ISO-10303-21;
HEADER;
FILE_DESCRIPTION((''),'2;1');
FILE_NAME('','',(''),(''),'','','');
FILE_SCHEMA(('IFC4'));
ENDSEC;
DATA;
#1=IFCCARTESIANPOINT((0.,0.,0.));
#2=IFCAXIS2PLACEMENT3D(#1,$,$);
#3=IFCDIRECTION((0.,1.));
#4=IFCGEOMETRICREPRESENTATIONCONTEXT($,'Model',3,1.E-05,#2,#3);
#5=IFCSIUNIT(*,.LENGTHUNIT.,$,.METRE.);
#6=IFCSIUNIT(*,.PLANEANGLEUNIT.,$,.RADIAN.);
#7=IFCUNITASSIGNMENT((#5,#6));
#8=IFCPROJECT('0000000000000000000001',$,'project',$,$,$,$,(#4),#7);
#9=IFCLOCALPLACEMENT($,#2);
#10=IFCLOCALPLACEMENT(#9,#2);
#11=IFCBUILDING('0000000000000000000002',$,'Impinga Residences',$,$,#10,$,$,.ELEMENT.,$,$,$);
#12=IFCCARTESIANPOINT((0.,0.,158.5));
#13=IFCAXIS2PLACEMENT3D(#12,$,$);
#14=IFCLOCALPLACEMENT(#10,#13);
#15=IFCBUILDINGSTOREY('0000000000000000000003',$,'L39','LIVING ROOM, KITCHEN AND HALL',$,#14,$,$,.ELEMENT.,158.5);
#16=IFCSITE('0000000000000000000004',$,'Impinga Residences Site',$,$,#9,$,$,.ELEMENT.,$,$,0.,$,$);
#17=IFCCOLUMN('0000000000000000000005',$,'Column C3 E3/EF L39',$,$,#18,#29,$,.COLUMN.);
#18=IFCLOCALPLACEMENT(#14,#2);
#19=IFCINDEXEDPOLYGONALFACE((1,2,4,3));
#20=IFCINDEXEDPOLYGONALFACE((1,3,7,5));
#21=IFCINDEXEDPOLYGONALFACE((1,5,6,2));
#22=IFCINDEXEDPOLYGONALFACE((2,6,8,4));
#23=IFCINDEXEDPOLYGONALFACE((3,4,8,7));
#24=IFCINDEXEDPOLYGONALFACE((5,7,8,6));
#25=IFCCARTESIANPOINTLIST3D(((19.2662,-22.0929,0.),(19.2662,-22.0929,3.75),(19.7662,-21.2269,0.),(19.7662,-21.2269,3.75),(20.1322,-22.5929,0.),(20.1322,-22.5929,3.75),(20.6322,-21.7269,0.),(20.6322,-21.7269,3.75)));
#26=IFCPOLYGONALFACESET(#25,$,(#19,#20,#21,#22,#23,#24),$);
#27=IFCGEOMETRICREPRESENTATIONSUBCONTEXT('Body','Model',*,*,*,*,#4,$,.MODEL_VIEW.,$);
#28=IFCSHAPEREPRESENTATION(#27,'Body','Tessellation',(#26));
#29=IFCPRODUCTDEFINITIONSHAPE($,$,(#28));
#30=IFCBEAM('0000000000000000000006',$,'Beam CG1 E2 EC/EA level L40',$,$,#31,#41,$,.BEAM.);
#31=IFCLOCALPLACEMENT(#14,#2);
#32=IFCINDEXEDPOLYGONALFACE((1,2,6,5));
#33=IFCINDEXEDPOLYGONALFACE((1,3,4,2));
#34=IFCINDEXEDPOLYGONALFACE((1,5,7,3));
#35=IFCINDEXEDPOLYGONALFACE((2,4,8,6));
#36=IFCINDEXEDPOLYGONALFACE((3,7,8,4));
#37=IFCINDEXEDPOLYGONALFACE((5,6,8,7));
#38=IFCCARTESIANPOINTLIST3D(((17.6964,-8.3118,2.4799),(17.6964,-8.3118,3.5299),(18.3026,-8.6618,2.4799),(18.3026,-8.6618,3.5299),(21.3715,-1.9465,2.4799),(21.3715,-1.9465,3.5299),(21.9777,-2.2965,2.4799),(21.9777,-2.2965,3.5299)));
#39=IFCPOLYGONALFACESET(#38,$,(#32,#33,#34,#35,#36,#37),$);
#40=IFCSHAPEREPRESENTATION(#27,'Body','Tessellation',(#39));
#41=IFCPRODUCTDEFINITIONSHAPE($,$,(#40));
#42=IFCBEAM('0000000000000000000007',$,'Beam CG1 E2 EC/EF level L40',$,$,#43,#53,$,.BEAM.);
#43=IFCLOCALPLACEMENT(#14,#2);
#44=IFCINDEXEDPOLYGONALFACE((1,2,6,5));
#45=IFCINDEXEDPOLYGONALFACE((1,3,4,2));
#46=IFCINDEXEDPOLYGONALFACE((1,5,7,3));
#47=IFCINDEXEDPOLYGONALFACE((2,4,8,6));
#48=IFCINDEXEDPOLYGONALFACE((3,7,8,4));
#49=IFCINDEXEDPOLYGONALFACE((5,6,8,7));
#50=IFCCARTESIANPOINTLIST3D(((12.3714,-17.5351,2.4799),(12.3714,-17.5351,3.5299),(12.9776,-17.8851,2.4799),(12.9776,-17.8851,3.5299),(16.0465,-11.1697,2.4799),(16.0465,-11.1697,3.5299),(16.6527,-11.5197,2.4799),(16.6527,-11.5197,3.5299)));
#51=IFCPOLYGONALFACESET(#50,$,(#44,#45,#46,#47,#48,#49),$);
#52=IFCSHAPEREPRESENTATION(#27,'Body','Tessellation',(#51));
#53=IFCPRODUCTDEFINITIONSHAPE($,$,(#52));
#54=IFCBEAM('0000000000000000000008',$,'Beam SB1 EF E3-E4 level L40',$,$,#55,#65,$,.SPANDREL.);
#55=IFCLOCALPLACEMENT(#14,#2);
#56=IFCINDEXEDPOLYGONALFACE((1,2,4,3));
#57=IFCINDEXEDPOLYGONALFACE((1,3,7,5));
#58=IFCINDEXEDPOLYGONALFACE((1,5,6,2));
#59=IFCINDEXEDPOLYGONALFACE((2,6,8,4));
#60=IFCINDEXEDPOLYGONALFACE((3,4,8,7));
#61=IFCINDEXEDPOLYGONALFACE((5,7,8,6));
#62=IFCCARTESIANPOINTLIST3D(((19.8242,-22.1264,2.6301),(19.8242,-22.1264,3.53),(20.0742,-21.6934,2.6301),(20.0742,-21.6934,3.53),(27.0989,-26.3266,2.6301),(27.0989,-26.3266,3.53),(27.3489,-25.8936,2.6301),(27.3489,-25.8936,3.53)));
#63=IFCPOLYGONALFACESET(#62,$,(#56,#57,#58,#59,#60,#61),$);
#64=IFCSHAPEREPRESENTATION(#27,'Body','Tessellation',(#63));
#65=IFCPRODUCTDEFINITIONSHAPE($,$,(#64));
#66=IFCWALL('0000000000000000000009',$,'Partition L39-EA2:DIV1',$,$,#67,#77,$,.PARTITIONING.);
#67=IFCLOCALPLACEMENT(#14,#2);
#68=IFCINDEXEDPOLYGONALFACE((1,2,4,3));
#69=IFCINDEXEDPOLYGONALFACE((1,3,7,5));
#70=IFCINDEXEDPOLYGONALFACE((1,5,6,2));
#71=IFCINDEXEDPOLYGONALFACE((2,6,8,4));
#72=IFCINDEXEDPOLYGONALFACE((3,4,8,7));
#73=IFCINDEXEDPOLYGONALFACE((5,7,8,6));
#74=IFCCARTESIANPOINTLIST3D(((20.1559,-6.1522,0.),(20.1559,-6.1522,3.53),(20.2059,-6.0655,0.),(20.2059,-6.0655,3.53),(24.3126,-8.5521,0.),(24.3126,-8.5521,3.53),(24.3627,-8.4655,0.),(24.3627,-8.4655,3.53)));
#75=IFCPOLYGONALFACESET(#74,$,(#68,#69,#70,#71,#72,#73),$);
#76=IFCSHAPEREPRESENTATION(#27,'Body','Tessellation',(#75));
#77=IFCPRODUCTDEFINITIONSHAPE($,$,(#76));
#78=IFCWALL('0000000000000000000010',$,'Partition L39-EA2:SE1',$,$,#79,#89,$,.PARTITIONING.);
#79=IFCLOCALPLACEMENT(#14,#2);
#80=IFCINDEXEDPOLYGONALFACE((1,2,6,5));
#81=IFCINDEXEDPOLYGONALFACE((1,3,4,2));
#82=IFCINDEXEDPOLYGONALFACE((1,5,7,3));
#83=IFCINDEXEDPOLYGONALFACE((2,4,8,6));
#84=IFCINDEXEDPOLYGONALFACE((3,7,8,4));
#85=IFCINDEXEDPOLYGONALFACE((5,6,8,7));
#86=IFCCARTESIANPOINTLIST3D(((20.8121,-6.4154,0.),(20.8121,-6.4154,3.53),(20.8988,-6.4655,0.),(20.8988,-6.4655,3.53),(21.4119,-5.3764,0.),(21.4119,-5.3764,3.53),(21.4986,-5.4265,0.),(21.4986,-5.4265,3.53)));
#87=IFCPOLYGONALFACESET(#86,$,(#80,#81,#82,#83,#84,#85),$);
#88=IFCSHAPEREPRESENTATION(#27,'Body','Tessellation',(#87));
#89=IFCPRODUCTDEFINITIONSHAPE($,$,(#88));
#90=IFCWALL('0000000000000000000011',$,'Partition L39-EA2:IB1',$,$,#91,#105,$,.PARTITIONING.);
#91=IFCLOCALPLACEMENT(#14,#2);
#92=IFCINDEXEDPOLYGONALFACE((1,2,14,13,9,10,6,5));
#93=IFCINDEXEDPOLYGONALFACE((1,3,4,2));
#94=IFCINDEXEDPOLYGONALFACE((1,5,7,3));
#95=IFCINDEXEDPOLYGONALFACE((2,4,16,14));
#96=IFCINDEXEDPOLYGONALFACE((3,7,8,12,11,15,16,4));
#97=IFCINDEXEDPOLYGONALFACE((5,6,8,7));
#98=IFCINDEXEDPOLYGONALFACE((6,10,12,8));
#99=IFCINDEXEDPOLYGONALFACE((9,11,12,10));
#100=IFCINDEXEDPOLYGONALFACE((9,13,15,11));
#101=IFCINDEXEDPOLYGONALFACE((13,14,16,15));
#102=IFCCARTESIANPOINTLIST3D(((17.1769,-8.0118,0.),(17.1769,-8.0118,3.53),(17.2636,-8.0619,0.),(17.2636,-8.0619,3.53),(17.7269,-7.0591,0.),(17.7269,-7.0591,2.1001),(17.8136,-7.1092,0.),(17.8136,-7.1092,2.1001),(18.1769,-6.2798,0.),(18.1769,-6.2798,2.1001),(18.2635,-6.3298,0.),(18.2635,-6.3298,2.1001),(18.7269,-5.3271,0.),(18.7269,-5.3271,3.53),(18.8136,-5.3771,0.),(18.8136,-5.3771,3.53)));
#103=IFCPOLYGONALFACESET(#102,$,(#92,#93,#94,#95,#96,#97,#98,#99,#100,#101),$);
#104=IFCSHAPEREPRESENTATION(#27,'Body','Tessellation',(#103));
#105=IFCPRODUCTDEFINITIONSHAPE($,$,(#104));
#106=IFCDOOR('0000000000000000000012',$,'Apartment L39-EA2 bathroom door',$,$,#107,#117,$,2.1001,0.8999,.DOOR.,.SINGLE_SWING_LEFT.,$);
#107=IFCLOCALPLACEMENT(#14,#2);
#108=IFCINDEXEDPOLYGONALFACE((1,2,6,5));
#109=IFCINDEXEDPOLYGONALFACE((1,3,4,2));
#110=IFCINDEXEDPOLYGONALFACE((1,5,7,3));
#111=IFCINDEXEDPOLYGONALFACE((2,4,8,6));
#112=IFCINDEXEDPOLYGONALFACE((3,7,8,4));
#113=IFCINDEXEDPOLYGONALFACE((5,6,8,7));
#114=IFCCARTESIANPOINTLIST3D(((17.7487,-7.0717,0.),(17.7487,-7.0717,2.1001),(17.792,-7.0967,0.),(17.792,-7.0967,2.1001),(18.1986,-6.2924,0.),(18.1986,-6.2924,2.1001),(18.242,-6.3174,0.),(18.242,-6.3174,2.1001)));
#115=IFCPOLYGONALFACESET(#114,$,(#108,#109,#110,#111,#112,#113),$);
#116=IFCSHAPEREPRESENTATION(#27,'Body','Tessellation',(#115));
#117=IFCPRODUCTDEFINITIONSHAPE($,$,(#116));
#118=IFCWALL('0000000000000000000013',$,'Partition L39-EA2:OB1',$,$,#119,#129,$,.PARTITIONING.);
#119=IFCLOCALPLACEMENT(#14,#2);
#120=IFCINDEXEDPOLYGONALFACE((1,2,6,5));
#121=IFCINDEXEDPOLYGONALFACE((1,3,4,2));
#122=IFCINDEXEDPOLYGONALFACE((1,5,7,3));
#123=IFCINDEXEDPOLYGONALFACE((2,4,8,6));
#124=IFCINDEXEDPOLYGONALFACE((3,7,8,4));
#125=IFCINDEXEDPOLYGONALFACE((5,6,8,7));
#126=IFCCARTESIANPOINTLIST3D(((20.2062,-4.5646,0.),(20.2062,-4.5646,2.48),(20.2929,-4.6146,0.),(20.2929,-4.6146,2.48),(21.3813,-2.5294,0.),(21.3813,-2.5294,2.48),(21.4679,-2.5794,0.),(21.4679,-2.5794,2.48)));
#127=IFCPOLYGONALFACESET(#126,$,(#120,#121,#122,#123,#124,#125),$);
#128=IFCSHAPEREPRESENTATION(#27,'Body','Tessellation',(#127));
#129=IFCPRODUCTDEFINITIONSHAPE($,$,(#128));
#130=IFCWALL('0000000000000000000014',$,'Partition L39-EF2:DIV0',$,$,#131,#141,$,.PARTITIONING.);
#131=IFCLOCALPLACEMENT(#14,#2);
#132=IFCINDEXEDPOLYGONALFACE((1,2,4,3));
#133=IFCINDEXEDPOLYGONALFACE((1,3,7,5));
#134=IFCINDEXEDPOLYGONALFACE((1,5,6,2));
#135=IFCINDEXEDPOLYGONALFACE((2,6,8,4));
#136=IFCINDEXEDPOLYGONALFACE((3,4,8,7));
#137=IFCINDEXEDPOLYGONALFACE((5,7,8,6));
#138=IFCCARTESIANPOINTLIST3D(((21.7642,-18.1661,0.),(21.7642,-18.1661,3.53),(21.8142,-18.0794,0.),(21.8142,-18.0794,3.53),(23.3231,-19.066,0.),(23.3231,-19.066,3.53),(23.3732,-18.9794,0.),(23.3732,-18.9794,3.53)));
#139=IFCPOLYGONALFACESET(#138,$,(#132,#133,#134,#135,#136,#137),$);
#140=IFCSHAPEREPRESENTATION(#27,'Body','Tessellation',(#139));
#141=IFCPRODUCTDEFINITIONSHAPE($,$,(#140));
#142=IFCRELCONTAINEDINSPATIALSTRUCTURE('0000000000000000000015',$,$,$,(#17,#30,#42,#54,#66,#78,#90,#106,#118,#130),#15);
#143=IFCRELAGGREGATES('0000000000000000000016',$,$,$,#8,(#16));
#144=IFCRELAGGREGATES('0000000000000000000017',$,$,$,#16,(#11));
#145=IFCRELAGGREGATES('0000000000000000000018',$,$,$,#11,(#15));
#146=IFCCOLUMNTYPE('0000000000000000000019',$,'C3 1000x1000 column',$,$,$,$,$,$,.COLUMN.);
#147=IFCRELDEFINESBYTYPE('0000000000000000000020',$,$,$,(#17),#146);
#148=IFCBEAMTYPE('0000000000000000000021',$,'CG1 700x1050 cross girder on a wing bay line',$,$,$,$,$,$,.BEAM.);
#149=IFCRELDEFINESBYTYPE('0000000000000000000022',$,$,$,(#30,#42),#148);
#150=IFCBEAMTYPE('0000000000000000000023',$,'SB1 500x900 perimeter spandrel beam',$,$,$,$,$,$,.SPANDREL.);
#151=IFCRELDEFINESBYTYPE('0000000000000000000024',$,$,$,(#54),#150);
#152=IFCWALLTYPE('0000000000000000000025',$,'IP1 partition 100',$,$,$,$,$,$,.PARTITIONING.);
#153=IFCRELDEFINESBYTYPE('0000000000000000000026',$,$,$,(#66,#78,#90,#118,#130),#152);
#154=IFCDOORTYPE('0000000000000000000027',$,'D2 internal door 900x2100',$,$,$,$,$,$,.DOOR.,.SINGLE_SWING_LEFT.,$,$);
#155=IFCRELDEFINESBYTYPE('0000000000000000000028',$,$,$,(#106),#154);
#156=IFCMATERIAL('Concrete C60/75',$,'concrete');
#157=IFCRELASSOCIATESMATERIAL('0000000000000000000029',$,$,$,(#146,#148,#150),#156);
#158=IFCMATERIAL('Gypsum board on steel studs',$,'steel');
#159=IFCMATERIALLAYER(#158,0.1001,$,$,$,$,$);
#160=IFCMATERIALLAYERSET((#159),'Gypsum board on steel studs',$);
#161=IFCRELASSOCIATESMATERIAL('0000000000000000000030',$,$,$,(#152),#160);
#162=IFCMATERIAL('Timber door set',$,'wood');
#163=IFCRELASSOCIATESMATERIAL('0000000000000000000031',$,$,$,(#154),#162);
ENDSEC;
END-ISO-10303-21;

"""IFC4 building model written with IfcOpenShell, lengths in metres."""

from ifc_helpers import new_model, si_unit, direction, frame, frame_2d, origin, origin_2d, place, context, subcontext, project, spatial, rectangle, extrude, material, layer, layer_set, material_profile, profile_set, type_object, element, fill, save


model = new_model("IFC4")

# Units and contexts
model_context = context("Model", 3, precision=1e-05, world=origin(), true_north=direction((0.0, 1.0)))
body_context = subcontext(model_context, "Body", "Model", "MODEL_VIEW")
ifc_project = project(units=[si_unit("LENGTHUNIT", "METRE"), si_unit("PLANEANGLEUNIT", "RADIAN")], contexts=[model_context])

# Site, building, storey
site_placement = place(None, origin())
site = spatial("IfcSite", under=ifc_project, at=site_placement, Name="Impinga Residences Site", CompositionType="ELEMENT", RefElevation=0.0)
building_placement = place(site_placement, origin())
building = spatial("IfcBuilding", under=site, at=building_placement, Name="Impinga Residences", CompositionType="ELEMENT")
storey_placement = place(building_placement, frame((0.0, 0.0, 158.5)))
storey = spatial("IfcBuildingStorey", under=building, at=storey_placement, Name="L39", Description="LIVING ROOM, KITCHEN AND HALL", CompositionType="ELEMENT", Elevation=158.5)

# Column
ifc_material_1 = material(Name="Concrete C60/75", Category="concrete")
ifc_material_profile_1 = material_profile(ifc_material_1, rectangle(XDim=1.0, YDim=1.0, at=origin_2d()), Name="RC 1000x1000")
ifc_profile_set_1 = profile_set([ifc_material_profile_1], Name="Concrete C60/75")
column_type = type_object("IfcColumnType", Name="C3 1000x1000 column", PredefinedType="COLUMN", material=ifc_profile_set_1)
column_placement = place(storey_placement, frame((19.9492, -21.9099, 0.0), z_axis=(0.0, 0.0, 1.0), x_axis=(-0.5, -0.866025, 0.0)))
element("IfcColumn", 1, at=column_placement, inside=storey, type_object=column_type, Name="Column C3 E3/EF L39", PredefinedType="COLUMN", context=body_context, shape_type="SweptSolid", body=[
    extrude(rectangle(XDim=1.0, YDim=1.0, at=origin_2d()), origin(), (0.0, 0.0, 1.0), 3.75),
])

# Beams
ifc_material_profile_2 = material_profile(ifc_material_1, rectangle(XDim=0.7, YDim=1.05, at=origin_2d()), Name="RC 700x1050")
ifc_profile_set_2 = profile_set([ifc_material_profile_2], Name="Concrete C60/75")
beam_type_1 = type_object("IfcBeamType", Name="CG1 700x1050 cross girder on a wing bay line", PredefinedType="BEAM", material=ifc_profile_set_2)
for number, where, z_axis, x_axis, name in (
    (2, (17.9995, -8.4868, 3.0049), (0.500008, 0.866021, 0.0), (-0.866021, 0.500008, 0.0), "Beam CG1 E2 EC/EA level L40"),
    (3, (16.3496, -11.3447, 3.0049), (-0.500008, -0.866021, 0.0), (0.866021, -0.500008, 0.0), "Beam CG1 E2 EC/EF level L40"),
):
    element("IfcBeam", number, at=place(storey_placement, frame(where, z_axis=z_axis, x_axis=x_axis)), inside=storey, type_object=beam_type_1, Name=name, PredefinedType="BEAM", context=body_context, shape_type="SweptSolid", body=[
        extrude(rectangle(XDim=0.7, YDim=1.05, at=origin_2d()), origin(), (0.0, 0.0, 1.0), 7.3501),
    ])
ifc_material_profile_3 = material_profile(ifc_material_1, rectangle(XDim=0.5, YDim=0.8999, at=origin_2d()), Name="RC 500x900")
ifc_profile_set_3 = profile_set([ifc_material_profile_3], Name="Concrete C60/75")
beam_type_2 = type_object("IfcBeamType", Name="SB1 500x900 perimeter spandrel beam", PredefinedType="SPANDREL", material=ifc_profile_set_3)
beam_placement = place(storey_placement, frame((19.9492, -21.9099, 3.0801), z_axis=(0.866017, -0.500015, 0.0), x_axis=(0.500015, 0.866017, 0.0)))
element("IfcBeam", 4, at=beam_placement, inside=storey, type_object=beam_type_2, Name="Beam SB1 EF E3-E4 level L40", PredefinedType="SPANDREL", context=body_context, shape_type="SweptSolid", body=[
    extrude(rectangle(XDim=0.5, YDim=0.8999, at=origin_2d()), origin(), (0.0, 0.0, 1.0), 8.4001),
])

# Walls
ifc_material_2 = material(Name="Gypsum board on steel studs", Category="steel")
ifc_layer_1 = layer(ifc_material_2, 0.1001)
ifc_layer_set_1 = layer_set([ifc_layer_1], Name="Gypsum board on steel studs")
wall_type_1 = type_object("IfcWallType", Name="IP1 partition 100", PredefinedType="PARTITIONING", material=ifc_layer_set_1)
wall_1_placement = place(storey_placement, frame((20.1809, -6.1089, 0.0), z_axis=(0.0, 0.0, 1.0), x_axis=(0.866025, -0.500001, 0.0)))
element("IfcWall", 5, at=wall_1_placement, inside=storey, type_object=wall_type_1, Name="Partition L39-EA2:DIV1", PredefinedType="PARTITIONING", context=body_context, shape_type="SweptSolid", body=[
    extrude(rectangle(XDim=4.7998, YDim=0.1001, at=frame_2d((2.3999, 0.0))), origin(), (0.0, 0.0, 1.0), 3.53),
])
wall_2_placement = place(storey_placement, frame((20.8555, -6.4404, 0.0), z_axis=(0.0, 0.0, 1.0), x_axis=(0.499969, 0.866043, 0.0)))
element("IfcWall", 6, at=wall_2_placement, inside=storey, type_object=wall_type_1, Name="Partition L39-EA2:SE1", PredefinedType="PARTITIONING", context=body_context, shape_type="SweptSolid", body=[
    extrude(rectangle(XDim=1.1997, YDim=0.1001, at=frame_2d((0.5999, 0.0))), origin(), (0.0, 0.0, 1.0), 3.53),
])

# Wall, opening, door
wall_3_placement = place(storey_placement, frame((17.2202, -8.0369, 0.0), z_axis=(0.0, 0.0, 1.0), x_axis=(0.499993, 0.86603, 0.0)))
wall_3 = element("IfcWall", 7, at=wall_3_placement, inside=storey, type_object=wall_type_1, Name="Partition L39-EA2:IB1", PredefinedType="PARTITIONING", context=body_context, shape_type="SweptSolid", body=[
    extrude(rectangle(XDim=3.1001, YDim=0.1001, at=frame_2d((1.55, 0.0))), origin(), (0.0, 0.0, 1.0), 3.53),
])
opening_1_placement = place(wall_3_placement, frame((1.1001, 0.0, 0.0)))
opening_1 = element("IfcOpeningElement", 8, at=opening_1_placement, cuts=wall_3, PredefinedType="OPENING", context=body_context, shape_type="SweptSolid", body=[
    extrude(rectangle(XDim=0.8999, YDim=2.1001, at=frame_2d((0.45, 1.05))), frame((0.0, 0.0601, 0.0), z_axis=(0.0, -1.0, 0.0), x_axis=(1.0, 0.0, 0.0)), (0.0, 0.0, 1.0), 0.1201),
])
ifc_material_3 = material(Name="Timber door set", Category="wood")
door_type = type_object("IfcDoorType", Name="D2 internal door 900x2100", OperationType="SINGLE_SWING_LEFT", PredefinedType="DOOR", material=ifc_material_3)
door_1_placement = place(opening_1_placement, origin())
door_1 = element("IfcDoor", 9, at=door_1_placement, inside=storey, type_object=door_type, Name="Apartment L39-EA2 bathroom door", OperationType="SINGLE_SWING_LEFT", OverallHeight=2.1001, OverallWidth=0.8999, PredefinedType="DOOR", context=body_context, shape_type="SweptSolid", body=[
    extrude(rectangle(XDim=0.8999, YDim=2.1001, at=frame_2d((0.45, 1.05))), frame((0.0, 0.0249, 0.0), z_axis=(0.0, -1.0, 0.0), x_axis=(1.0, 0.0, 0.0)), (0.0, 0.0, 1.0), 0.05),
])
fill(opening_1, door_1)

# Walls
wall_4_placement = place(storey_placement, frame((20.2495, -4.5896, 0.0), z_axis=(0.0, 0.0, 1.0), x_axis=(0.500016, 0.866016, 0.0)))
element("IfcWall", 10, at=wall_4_placement, inside=storey, type_object=wall_type_1, Name="Partition L39-EA2:OB1", PredefinedType="PARTITIONING", context=body_context, shape_type="SweptSolid", body=[
    extrude(rectangle(XDim=2.3501, YDim=0.1001, at=frame_2d((1.175, 0.0))), origin(), (0.0, 0.0, 1.0), 2.48),
])
wall_5_placement = place(storey_placement, frame((21.7893, -18.1228, 0.0), z_axis=(0.0, 0.0, 1.0), x_axis=(0.866048, -0.499961, 0.0)))
element("IfcWall", 11, at=wall_5_placement, inside=storey, type_object=wall_type_1, Name="Partition L39-EF2:DIV0", PredefinedType="PARTITIONING", context=body_context, shape_type="SweptSolid", body=[
    extrude(rectangle(XDim=1.8, YDim=0.1001, at=frame_2d((0.8999, 0.0))), origin(), (0.0, 0.0, 1.0), 3.53),
])

save(model, "model.ifc")
